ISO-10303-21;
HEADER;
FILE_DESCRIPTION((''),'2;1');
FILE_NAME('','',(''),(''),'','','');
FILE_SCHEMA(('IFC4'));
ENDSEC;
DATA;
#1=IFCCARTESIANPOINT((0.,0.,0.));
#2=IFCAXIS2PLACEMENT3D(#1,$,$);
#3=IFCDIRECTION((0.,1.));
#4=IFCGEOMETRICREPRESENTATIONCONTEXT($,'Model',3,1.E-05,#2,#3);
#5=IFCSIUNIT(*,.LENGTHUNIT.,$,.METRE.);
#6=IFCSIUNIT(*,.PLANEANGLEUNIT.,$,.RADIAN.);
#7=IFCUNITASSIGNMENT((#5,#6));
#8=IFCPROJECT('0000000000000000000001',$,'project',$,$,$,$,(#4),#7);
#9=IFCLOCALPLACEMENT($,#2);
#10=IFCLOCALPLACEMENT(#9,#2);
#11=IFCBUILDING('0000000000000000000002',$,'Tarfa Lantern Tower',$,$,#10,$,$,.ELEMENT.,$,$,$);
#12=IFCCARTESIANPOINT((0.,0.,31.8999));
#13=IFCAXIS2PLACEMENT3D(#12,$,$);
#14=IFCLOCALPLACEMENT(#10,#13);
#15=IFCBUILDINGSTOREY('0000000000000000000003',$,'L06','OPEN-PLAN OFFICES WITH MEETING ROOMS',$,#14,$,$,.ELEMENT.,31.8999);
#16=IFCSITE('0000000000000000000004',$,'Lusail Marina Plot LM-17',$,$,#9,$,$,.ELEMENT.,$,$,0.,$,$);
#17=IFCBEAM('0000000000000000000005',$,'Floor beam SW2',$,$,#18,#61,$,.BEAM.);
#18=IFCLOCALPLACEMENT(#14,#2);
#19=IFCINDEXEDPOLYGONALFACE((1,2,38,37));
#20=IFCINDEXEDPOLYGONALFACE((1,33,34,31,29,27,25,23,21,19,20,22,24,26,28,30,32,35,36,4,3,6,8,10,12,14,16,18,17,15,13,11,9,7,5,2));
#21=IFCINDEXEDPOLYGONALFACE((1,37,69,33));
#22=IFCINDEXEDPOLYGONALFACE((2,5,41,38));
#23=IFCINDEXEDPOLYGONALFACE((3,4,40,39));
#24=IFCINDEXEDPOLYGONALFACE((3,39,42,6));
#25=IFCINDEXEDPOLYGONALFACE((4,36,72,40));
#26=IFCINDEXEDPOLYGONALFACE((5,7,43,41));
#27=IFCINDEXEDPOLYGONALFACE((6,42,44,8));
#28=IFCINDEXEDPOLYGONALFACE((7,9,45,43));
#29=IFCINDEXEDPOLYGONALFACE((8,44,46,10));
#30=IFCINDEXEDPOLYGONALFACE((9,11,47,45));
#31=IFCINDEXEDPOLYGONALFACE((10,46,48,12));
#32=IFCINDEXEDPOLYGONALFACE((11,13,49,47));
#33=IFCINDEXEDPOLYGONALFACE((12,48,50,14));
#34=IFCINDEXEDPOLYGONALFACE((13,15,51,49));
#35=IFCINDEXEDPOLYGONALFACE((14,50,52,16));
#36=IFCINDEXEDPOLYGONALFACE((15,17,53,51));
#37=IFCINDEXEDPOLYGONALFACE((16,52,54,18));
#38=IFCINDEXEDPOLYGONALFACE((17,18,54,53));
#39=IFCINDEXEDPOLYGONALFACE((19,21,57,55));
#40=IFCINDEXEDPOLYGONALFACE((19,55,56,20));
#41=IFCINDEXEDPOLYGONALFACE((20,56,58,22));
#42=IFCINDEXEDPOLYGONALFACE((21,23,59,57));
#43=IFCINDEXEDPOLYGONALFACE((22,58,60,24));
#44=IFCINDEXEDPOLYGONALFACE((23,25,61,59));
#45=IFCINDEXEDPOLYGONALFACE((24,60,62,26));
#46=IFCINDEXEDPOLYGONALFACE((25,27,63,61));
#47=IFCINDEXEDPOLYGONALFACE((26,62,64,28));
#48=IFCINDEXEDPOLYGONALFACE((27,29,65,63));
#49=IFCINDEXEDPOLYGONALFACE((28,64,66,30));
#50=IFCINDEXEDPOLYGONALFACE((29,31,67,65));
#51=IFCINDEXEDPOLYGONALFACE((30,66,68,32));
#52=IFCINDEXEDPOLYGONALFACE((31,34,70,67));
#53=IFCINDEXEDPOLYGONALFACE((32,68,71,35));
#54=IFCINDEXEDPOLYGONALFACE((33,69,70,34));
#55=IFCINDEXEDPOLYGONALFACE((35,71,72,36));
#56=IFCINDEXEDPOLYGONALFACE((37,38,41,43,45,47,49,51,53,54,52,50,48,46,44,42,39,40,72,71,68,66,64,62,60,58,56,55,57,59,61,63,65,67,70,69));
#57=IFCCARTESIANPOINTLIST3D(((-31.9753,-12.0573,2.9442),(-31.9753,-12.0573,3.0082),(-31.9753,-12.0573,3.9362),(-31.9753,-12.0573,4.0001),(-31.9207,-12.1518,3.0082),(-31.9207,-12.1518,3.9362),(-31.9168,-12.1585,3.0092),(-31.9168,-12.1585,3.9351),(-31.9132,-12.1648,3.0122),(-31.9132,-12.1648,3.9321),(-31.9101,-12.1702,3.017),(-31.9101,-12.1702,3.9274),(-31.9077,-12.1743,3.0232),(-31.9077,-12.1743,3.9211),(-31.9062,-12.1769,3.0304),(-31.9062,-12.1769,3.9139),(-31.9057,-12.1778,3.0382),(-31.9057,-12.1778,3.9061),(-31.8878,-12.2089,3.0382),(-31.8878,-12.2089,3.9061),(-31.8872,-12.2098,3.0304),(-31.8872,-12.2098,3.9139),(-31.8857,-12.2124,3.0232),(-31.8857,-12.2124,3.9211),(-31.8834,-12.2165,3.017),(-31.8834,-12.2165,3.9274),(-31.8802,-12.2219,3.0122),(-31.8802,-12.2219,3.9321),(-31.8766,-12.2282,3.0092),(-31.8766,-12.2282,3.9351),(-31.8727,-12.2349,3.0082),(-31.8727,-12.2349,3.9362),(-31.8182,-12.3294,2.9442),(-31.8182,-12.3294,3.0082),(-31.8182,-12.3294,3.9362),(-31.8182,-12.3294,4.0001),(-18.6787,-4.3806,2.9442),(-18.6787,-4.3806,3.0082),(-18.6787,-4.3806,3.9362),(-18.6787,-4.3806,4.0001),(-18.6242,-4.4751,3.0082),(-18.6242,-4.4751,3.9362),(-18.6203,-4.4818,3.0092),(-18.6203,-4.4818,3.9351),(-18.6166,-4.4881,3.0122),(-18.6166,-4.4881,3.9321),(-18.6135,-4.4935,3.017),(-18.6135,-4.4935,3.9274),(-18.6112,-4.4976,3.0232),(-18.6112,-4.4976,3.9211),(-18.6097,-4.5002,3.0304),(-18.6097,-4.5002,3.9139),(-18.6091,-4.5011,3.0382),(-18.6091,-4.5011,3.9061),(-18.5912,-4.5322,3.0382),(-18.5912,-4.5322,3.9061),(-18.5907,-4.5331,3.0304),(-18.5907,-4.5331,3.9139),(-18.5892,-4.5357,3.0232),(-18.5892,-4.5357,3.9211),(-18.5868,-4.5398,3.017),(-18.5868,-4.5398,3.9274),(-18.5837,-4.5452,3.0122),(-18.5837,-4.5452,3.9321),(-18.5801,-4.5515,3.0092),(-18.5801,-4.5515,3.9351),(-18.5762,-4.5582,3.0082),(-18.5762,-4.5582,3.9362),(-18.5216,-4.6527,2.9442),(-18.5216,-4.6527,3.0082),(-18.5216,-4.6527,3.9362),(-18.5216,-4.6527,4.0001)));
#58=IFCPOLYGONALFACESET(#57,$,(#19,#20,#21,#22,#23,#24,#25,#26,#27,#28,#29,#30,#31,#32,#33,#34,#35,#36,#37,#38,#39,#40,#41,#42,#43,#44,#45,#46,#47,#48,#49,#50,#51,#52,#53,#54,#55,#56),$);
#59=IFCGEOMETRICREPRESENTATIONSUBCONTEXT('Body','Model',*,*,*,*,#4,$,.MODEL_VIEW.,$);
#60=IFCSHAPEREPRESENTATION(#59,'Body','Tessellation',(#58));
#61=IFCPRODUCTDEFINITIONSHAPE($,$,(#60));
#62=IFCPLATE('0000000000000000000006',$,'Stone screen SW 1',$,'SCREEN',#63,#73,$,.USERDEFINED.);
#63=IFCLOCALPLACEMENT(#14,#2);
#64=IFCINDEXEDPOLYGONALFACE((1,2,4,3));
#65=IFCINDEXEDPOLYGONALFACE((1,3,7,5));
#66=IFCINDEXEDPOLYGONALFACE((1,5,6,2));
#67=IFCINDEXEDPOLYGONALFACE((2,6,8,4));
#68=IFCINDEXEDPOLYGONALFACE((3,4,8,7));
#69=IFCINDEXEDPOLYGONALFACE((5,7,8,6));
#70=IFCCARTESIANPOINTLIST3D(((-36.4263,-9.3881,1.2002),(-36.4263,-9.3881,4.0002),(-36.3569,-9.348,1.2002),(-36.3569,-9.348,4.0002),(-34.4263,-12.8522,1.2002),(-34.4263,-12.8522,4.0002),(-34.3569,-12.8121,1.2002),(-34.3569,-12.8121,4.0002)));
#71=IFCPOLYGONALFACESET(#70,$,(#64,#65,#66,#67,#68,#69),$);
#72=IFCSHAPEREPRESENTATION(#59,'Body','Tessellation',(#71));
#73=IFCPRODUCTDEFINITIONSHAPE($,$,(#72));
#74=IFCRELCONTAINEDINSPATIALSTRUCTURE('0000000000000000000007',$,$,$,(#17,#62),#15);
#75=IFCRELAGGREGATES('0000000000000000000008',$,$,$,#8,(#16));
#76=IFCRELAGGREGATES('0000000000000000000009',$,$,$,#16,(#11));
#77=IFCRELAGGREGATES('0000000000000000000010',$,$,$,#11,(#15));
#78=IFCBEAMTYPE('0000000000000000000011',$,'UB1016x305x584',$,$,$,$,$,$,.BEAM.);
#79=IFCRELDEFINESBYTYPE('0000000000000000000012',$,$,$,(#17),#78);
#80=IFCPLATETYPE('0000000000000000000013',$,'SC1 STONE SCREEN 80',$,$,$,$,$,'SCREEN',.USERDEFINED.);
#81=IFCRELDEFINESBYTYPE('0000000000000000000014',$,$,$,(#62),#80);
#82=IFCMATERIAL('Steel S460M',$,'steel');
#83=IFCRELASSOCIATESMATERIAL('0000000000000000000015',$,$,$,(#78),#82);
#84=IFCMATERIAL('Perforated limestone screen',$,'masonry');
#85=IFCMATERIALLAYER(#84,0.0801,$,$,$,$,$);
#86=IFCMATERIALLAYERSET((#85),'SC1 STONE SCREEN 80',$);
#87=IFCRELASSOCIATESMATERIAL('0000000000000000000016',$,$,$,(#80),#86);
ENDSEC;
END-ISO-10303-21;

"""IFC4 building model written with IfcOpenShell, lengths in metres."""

from ifc_helpers import new_model, si_unit, direction, frame, origin, origin_2d, place, context, subcontext, project, spatial, rectangle, i_section, extrude, material, layer, layer_set, material_profile, profile_set, type_object, element, save


model = new_model("IFC4")

# Units and contexts
model_context = context("Model", 3, precision=1e-05, world=origin(), true_north=direction((0.0, 1.0)))
body_context = subcontext(model_context, "Body", "Model", "MODEL_VIEW")
ifc_project = project(units=[si_unit("LENGTHUNIT", "METRE"), si_unit("PLANEANGLEUNIT", "RADIAN")], contexts=[model_context])

# Site, building, storey
site_placement = place(None, origin())
site = spatial("IfcSite", under=ifc_project, at=site_placement, Name="Lusail Marina Plot LM-17", CompositionType="ELEMENT", RefElevation=0.0)
building_placement = place(site_placement, origin())
building = spatial("IfcBuilding", under=site, at=building_placement, Name="Tarfa Lantern Tower", CompositionType="ELEMENT")
storey_placement = place(building_placement, frame((0.0, 0.0, 31.8999)))
storey = spatial("IfcBuildingStorey", under=building, at=storey_placement, Name="L06", Description="OPEN-PLAN OFFICES WITH MEETING ROOMS", CompositionType="ELEMENT", Elevation=31.8999)

# Beam
ifc_material_1 = material(Name="Steel S460M", Category="steel")
ifc_material_profile_1 = material_profile(ifc_material_1, i_section(OverallWidth=0.3142, OverallDepth=1.0559, WebThickness=0.0359, FlangeThickness=0.064, FilletRadius=0.03, at=origin_2d()), Name="UB1016x305x584")
ifc_profile_set_1 = profile_set([ifc_material_profile_1], Name="Steel S460M")
beam_type_1 = type_object("IfcBeamType", Name="UB1016x305x584", PredefinedType="BEAM", material=ifc_profile_set_1)
beam_1_placement = place(storey_placement, frame((-31.8967, -12.1934, 3.4722), z_axis=(0.866027, 0.499997, 0.0), x_axis=(-0.499997, 0.866027, 0.0)))
element("IfcBeam", 1, at=beam_1_placement, inside=storey, type_object=beam_type_1, Name="Floor beam SW2", PredefinedType="BEAM", context=body_context, shape_type="SweptSolid", body=[
    extrude(i_section(OverallWidth=0.3142, OverallDepth=1.0559, WebThickness=0.0359, FlangeThickness=0.064, FilletRadius=0.03, at=origin_2d()), origin(), (0.0, 0.0, 1.0), 15.3535),
])

# Plate
ifc_material_2 = material(Name="Perforated limestone screen", Category="masonry")
ifc_layer_1 = layer(ifc_material_2, 0.0801)
ifc_layer_set_1 = layer_set([ifc_layer_1], Name="SC1 STONE SCREEN 80")
plate_type = type_object("IfcPlateType", Name="SC1 STONE SCREEN 80", ElementType="SCREEN", PredefinedType="USERDEFINED", material=ifc_layer_set_1)
plate_placement = place(storey_placement, frame((-35.3916, -11.1001, 1.2002), z_axis=(0.0, 0.0, 1.0), x_axis=(0.5, -0.866025, 0.0)))
element("IfcPlate", 2, at=plate_placement, inside=storey, type_object=plate_type, Name="Stone screen SW 1", ObjectType="SCREEN", PredefinedType="USERDEFINED", context=body_context, shape_type="SweptSolid", body=[
    extrude(rectangle(XDim=4.0, YDim=0.0801, at=origin_2d()), origin(), (0.0, 0.0, 1.0), 2.8),
])

save(model, "model.ifc")
